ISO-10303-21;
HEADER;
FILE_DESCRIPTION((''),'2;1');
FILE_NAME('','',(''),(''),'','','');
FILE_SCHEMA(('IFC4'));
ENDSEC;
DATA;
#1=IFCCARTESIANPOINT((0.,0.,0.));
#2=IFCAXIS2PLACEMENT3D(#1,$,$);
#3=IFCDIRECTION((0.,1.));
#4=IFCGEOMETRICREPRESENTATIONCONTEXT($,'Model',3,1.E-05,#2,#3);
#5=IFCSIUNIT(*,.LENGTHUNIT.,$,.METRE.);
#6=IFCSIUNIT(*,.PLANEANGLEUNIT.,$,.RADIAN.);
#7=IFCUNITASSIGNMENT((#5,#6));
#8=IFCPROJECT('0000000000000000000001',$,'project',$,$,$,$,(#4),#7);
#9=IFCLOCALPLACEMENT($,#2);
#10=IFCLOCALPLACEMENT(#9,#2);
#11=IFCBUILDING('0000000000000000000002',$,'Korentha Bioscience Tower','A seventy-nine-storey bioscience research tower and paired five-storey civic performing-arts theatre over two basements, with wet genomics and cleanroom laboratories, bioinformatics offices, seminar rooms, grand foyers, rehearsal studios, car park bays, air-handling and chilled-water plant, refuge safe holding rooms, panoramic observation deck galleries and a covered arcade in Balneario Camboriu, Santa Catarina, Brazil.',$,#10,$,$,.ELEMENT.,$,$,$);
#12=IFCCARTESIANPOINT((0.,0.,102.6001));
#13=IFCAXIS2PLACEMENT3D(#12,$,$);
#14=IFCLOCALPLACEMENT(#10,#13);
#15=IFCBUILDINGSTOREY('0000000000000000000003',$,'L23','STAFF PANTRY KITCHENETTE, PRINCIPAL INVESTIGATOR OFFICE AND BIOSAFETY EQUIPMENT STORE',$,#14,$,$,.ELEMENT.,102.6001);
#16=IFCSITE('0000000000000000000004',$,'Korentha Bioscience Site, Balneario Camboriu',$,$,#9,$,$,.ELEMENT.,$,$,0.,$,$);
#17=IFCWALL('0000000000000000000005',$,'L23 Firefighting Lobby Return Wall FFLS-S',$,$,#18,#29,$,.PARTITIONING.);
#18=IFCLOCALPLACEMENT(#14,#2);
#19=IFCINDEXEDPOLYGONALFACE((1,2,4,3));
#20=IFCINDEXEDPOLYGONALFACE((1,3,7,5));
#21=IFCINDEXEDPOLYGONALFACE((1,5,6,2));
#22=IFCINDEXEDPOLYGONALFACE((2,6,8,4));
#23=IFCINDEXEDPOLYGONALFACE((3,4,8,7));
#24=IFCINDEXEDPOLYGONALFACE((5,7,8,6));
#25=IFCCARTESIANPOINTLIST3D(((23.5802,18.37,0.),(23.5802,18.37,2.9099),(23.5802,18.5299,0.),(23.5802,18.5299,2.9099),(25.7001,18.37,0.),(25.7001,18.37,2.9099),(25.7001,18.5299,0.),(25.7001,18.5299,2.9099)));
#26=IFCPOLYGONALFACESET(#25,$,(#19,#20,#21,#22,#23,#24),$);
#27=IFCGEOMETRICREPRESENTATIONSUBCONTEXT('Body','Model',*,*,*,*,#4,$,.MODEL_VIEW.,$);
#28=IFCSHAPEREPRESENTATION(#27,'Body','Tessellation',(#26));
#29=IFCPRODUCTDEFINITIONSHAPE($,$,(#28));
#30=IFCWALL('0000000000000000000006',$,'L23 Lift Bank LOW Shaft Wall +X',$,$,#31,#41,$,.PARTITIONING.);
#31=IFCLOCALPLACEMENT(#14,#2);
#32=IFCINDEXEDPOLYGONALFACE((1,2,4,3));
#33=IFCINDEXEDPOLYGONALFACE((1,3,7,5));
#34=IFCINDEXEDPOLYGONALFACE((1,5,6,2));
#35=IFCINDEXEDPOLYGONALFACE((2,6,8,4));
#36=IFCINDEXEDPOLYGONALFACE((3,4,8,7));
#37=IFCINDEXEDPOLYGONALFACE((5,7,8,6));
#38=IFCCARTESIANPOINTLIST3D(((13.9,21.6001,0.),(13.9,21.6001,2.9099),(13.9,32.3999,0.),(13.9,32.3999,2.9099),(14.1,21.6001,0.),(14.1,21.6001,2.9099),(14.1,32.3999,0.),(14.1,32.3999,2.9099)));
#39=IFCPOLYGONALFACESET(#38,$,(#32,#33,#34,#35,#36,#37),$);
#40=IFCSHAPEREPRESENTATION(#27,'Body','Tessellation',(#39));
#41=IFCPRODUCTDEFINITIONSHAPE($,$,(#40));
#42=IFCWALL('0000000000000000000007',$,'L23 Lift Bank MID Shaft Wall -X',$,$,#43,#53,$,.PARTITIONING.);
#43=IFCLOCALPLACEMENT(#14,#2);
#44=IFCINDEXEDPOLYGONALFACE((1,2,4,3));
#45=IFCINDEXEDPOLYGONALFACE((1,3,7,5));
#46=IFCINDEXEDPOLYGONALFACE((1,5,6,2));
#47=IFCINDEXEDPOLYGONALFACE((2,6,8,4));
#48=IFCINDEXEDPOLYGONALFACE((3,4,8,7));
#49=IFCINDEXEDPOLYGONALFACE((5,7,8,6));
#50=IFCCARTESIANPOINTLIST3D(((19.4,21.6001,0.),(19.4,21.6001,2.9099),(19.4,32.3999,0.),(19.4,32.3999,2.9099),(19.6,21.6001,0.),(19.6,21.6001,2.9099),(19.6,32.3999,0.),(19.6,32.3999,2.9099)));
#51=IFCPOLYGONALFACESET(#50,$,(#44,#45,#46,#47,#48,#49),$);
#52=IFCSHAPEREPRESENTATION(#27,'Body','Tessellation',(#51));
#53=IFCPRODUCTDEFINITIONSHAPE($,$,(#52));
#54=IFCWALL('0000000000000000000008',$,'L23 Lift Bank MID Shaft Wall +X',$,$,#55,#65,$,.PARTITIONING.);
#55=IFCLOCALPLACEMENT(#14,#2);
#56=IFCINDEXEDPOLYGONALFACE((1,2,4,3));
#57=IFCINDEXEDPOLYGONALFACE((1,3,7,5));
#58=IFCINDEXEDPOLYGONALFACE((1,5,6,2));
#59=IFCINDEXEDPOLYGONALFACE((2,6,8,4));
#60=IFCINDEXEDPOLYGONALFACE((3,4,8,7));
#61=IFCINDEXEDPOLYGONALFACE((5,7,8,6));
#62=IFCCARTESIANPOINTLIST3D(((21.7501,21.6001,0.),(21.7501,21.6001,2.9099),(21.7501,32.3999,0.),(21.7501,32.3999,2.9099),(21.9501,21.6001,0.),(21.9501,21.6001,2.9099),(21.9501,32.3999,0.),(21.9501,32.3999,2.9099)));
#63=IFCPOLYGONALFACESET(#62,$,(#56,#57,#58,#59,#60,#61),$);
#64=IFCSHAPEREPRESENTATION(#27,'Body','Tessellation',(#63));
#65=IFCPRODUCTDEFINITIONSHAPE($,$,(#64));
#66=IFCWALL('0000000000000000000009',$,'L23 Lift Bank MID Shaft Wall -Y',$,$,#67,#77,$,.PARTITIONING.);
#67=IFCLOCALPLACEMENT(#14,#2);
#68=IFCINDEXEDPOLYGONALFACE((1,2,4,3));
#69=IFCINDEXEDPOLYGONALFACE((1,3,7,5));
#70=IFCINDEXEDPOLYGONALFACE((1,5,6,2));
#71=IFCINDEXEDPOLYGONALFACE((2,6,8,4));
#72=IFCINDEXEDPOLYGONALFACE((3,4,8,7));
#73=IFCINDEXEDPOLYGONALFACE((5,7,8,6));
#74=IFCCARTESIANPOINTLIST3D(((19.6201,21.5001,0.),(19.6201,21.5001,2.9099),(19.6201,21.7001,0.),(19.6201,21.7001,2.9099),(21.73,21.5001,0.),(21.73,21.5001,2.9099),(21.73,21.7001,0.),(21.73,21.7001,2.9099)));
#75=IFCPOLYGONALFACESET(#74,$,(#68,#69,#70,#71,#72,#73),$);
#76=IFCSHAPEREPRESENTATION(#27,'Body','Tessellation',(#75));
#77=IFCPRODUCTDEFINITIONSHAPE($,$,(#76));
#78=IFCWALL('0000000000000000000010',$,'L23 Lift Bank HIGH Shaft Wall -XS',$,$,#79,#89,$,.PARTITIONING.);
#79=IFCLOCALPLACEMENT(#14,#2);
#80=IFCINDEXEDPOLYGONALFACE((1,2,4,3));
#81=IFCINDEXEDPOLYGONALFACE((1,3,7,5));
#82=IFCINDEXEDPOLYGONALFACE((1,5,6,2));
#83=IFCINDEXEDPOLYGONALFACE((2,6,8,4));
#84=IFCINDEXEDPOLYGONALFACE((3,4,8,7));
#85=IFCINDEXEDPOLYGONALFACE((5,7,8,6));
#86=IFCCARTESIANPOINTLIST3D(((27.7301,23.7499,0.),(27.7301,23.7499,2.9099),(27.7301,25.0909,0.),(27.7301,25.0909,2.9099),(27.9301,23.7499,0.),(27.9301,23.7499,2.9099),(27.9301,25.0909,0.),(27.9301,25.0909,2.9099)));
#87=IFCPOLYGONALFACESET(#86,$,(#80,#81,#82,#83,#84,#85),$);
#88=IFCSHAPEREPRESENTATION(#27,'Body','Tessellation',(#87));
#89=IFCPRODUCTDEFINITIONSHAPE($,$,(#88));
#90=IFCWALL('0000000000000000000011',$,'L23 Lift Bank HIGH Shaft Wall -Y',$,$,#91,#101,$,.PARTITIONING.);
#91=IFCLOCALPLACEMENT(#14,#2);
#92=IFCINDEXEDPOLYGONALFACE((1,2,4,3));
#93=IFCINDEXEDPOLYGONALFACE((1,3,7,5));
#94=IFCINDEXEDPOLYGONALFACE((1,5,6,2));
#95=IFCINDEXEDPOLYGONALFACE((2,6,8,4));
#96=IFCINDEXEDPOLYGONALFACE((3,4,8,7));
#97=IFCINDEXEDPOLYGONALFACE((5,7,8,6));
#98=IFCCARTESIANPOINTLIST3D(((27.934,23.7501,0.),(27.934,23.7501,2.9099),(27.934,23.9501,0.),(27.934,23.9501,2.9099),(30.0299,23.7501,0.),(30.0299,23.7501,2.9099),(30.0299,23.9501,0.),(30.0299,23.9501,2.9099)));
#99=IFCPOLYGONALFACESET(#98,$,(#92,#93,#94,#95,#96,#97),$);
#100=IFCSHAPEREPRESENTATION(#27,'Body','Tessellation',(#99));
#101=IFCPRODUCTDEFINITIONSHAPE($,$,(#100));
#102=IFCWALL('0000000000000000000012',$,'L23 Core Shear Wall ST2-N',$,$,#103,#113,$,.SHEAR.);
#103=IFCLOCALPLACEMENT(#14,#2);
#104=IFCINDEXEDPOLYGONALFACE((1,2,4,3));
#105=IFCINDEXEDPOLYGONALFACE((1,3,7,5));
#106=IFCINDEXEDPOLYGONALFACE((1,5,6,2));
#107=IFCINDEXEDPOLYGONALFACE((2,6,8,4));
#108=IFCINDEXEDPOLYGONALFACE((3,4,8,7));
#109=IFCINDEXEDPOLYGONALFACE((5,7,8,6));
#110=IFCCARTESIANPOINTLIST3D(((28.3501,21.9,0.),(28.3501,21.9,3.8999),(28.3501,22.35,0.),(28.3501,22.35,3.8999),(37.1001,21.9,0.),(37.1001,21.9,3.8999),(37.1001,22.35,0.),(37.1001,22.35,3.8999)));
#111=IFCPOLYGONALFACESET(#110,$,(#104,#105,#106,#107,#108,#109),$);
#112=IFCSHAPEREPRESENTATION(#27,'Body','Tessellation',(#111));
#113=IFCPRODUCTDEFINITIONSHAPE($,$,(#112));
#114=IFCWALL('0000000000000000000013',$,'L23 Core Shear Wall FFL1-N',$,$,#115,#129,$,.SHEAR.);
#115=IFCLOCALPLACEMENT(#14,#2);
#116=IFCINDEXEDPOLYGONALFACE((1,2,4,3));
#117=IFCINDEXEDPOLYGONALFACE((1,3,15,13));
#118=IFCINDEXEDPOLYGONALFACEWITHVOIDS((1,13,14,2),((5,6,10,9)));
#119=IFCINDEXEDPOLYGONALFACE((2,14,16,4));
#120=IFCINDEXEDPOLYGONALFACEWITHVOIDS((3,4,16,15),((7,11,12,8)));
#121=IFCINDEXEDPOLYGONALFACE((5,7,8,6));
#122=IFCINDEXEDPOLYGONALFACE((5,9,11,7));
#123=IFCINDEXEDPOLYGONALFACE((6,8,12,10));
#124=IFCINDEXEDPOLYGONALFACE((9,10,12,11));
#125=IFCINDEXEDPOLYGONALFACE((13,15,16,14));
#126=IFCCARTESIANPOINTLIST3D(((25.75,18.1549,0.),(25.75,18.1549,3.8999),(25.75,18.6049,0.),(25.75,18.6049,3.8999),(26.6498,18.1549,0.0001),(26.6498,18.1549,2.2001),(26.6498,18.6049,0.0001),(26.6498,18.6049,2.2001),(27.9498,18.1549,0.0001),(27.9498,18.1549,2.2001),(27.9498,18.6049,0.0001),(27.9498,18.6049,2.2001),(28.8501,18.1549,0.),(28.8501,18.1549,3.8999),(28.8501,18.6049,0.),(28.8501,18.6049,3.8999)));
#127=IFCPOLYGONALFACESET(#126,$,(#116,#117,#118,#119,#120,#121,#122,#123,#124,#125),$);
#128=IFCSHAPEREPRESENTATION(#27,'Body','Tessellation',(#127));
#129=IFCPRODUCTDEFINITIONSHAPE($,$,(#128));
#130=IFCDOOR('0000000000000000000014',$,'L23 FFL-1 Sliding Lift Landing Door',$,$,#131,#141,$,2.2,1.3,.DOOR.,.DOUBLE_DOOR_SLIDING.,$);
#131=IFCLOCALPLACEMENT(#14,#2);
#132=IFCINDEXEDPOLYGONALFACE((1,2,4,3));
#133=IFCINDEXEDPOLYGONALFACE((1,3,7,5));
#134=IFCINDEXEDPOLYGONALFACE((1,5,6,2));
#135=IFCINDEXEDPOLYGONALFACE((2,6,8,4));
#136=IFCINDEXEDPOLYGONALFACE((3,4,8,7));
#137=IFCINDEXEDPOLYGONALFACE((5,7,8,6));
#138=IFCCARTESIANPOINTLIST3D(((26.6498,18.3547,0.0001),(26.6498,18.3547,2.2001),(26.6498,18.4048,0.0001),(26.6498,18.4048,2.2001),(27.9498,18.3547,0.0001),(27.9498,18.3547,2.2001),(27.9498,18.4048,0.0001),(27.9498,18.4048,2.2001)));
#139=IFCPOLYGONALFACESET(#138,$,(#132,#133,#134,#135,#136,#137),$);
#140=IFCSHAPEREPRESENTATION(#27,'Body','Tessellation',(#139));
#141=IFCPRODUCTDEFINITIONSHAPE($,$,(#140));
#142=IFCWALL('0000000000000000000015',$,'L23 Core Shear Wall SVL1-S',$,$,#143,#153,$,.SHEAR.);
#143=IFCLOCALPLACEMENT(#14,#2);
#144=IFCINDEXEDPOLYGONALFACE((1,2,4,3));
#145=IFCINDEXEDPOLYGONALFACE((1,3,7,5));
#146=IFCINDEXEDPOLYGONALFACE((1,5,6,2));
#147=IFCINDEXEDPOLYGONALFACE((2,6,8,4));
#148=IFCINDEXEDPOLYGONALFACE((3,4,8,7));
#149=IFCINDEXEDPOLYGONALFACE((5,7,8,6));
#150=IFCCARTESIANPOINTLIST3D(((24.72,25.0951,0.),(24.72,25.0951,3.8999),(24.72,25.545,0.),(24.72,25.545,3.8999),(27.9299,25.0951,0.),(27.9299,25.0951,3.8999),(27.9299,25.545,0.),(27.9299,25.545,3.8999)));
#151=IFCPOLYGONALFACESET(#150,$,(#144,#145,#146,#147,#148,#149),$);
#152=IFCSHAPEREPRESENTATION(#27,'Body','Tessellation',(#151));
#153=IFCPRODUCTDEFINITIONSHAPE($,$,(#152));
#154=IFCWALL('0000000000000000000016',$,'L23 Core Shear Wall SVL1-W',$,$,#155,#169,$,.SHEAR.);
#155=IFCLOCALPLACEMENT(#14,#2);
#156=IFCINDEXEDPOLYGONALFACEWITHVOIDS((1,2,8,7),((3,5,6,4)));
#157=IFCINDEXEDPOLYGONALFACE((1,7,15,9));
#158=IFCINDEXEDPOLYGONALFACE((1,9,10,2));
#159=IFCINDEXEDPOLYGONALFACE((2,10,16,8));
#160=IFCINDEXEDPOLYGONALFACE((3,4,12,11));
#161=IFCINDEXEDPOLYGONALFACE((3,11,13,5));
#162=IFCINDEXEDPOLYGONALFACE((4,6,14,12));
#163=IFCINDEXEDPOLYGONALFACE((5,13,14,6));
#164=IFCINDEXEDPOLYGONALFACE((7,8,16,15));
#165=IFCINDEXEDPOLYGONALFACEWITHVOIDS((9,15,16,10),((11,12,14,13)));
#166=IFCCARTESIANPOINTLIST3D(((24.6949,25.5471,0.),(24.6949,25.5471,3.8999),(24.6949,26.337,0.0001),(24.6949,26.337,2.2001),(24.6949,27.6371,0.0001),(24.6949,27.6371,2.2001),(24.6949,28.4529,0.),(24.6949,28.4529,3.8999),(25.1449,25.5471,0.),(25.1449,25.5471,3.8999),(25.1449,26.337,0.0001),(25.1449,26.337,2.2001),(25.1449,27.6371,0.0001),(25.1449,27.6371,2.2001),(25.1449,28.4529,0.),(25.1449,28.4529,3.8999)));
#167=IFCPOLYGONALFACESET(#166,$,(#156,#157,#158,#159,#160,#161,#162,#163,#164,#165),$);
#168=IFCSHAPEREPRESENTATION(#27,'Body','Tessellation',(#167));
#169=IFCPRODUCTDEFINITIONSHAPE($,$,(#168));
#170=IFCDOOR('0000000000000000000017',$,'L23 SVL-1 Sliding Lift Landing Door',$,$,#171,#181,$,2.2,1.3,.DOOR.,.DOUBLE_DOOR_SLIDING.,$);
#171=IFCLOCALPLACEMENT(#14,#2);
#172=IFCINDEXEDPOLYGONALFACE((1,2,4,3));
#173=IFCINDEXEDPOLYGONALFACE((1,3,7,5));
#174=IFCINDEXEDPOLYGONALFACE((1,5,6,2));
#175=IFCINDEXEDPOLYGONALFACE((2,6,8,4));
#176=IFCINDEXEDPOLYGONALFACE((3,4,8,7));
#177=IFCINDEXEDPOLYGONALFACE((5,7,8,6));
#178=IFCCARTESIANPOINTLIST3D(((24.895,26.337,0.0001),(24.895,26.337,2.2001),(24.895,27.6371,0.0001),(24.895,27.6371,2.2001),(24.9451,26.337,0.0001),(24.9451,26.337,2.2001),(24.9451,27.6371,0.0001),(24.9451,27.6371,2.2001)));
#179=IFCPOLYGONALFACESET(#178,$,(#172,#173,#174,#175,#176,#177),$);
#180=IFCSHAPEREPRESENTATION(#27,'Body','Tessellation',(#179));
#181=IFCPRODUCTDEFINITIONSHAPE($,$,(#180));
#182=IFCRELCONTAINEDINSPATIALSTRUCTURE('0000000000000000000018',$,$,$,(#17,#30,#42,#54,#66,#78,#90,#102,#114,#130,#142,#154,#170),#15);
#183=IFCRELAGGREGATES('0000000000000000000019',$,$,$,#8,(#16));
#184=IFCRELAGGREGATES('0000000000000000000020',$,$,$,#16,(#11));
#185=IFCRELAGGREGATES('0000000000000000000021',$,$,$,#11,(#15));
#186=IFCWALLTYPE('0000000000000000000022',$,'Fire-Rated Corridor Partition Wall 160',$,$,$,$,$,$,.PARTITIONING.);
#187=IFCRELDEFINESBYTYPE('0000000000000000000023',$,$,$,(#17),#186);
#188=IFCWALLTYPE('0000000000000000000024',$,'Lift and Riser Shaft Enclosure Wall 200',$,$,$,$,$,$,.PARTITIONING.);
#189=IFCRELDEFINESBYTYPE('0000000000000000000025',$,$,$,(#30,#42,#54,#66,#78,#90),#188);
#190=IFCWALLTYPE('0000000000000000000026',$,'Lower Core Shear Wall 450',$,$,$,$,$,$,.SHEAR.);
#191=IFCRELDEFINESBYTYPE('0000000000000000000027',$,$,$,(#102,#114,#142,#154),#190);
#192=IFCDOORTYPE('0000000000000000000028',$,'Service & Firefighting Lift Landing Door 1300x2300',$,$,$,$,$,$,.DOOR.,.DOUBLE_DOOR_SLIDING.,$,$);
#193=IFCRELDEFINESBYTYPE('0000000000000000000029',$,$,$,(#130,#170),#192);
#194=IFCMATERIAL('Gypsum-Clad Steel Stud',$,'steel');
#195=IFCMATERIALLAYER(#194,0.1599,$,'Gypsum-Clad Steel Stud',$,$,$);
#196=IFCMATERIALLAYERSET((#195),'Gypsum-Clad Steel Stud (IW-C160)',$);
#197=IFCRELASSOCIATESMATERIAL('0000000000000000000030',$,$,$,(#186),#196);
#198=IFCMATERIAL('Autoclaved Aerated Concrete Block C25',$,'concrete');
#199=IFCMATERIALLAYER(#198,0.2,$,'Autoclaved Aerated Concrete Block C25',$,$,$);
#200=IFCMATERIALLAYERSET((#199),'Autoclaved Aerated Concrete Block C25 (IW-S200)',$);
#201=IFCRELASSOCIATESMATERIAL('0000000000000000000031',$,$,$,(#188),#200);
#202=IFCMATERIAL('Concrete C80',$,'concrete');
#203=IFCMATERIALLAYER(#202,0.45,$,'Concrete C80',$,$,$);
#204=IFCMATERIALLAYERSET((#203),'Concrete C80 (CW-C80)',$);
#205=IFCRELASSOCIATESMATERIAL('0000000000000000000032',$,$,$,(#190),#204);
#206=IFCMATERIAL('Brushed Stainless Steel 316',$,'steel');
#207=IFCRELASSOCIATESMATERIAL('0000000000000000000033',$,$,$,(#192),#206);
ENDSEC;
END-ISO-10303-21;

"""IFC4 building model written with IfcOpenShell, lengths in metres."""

from ifc_helpers import new_model, si_unit, direction, frame, frame_2d, origin, place, context, subcontext, project, spatial, rectangle, extrude, material, layer, layer_set, type_object, element, fill, save


model = new_model("IFC4")

# Units and contexts
model_context = context("Model", 3, precision=1e-05, world=origin(), true_north=direction((0.0, 1.0)))
body_context = subcontext(model_context, "Body", "Model", "MODEL_VIEW")
ifc_project = project(units=[si_unit("LENGTHUNIT", "METRE"), si_unit("PLANEANGLEUNIT", "RADIAN")], contexts=[model_context])

# Site, building, storey
site_placement = place(None, origin())
site = spatial("IfcSite", under=ifc_project, at=site_placement, Name="Korentha Bioscience Site, Balneario Camboriu", CompositionType="ELEMENT", RefElevation=0.0)
building_placement = place(site_placement, origin())
building = spatial("IfcBuilding", under=site, at=building_placement, Name="Korentha Bioscience Tower", Description="A seventy-nine-storey bioscience research tower and paired five-storey civic performing-arts theatre over two basements, with wet genomics and cleanroom laboratories, bioinformatics offices, seminar rooms, grand foyers, rehearsal studios, car park bays, air-handling and chilled-water plant, refuge safe holding rooms, panoramic observation deck galleries and a covered arcade in Balneario Camboriu, Santa Catarina, Brazil.", CompositionType="ELEMENT")
storey_placement = place(building_placement, frame((0.0, 0.0, 102.6001)))
storey = spatial("IfcBuildingStorey", under=building, at=storey_placement, Name="L23", Description="STAFF PANTRY KITCHENETTE, PRINCIPAL INVESTIGATOR OFFICE AND BIOSAFETY EQUIPMENT STORE", CompositionType="ELEMENT", Elevation=102.6001)

# Shared definitions
ifc_material_1 = material(Name="Concrete C80", Category="concrete")

# Shared definitions
ifc_material_2 = material(Name="Gypsum-Clad Steel Stud", Category="steel")
ifc_layer_1 = layer(ifc_material_2, 0.1599, Name="Gypsum-Clad Steel Stud")
ifc_layer_set_1 = layer_set([ifc_layer_1], Name="Gypsum-Clad Steel Stud (IW-C160)")
wall_type_1 = type_object("IfcWallType", Name="Fire-Rated Corridor Partition Wall 160", PredefinedType="PARTITIONING", material=ifc_layer_set_1)

# Wall
wall_1_placement = place(storey_placement, frame((23.5801, 18.45, 0.0), z_axis=(0.0, 0.0, 1.0), x_axis=(1.0, 0.0, 0.0)))
element("IfcWall", 1, at=wall_1_placement, inside=storey, type_object=wall_type_1, Name="L23 Firefighting Lobby Return Wall FFLS-S", PredefinedType="PARTITIONING", context=body_context, shape_type="SweptSolid", body=[
    extrude(rectangle(XDim=2.1199, YDim=0.1599, at=frame_2d((1.0601, 0.0))), origin(), (0.0, 0.0, 1.0), 2.9099),
])

# Walls
ifc_material_3 = material(Name="Autoclaved Aerated Concrete Block C25", Category="concrete")
ifc_layer_2 = layer(ifc_material_3, 0.2, Name="Autoclaved Aerated Concrete Block C25")
ifc_layer_set_2 = layer_set([ifc_layer_2], Name="Autoclaved Aerated Concrete Block C25 (IW-S200)")
wall_type_2 = type_object("IfcWallType", Name="Lift and Riser Shaft Enclosure Wall 200", PredefinedType="PARTITIONING", material=ifc_layer_set_2)
for number, where, z_axis, x_axis, name in (
    (2, (14.0, 21.6001, 0.0), (0.0, 0.0, 1.0), (0.0, 1.0, 0.0), "L23 Lift Bank LOW Shaft Wall +X"),
    (3, (19.5, 21.6001, 0.0), (0.0, 0.0, 1.0), (0.0, 1.0, 0.0), "L23 Lift Bank MID Shaft Wall -X"),
    (4, (21.8501, 21.6001, 0.0), (0.0, 0.0, 1.0), (0.0, 1.0, 0.0), "L23 Lift Bank MID Shaft Wall +X"),
):
    element("IfcWall", number, at=place(storey_placement, frame(where, z_axis=z_axis, x_axis=x_axis)), inside=storey, type_object=wall_type_2, Name=name, PredefinedType="PARTITIONING", context=body_context, shape_type="SweptSolid", body=[
        extrude(rectangle(XDim=10.7998, YDim=0.2, at=frame_2d((5.3999, 0.0))), origin(), (0.0, 0.0, 1.0), 2.9099),
    ])
wall_2_placement = place(storey_placement, frame((19.6201, 21.6001, 0.0), z_axis=(0.0, 0.0, 1.0), x_axis=(1.0, 0.0, 0.0)))
element("IfcWall", 5, at=wall_2_placement, inside=storey, type_object=wall_type_2, Name="L23 Lift Bank MID Shaft Wall -Y", PredefinedType="PARTITIONING", context=body_context, shape_type="SweptSolid", body=[
    extrude(rectangle(XDim=2.1099, YDim=0.2, at=frame_2d((1.0549, 0.0))), origin(), (0.0, 0.0, 1.0), 2.9099),
])
wall_3_placement = place(storey_placement, frame((27.8301, 23.75, 0.0), z_axis=(0.0, 0.0, 1.0), x_axis=(0.0, 1.0, 0.0)))
element("IfcWall", 6, at=wall_3_placement, inside=storey, type_object=wall_type_2, Name="L23 Lift Bank HIGH Shaft Wall -XS", PredefinedType="PARTITIONING", context=body_context, shape_type="SweptSolid", body=[
    extrude(rectangle(XDim=1.3411, YDim=0.2, at=frame_2d((0.6704, 0.0))), origin(), (0.0, 0.0, 1.0), 2.9099),
])
wall_4_placement = place(storey_placement, frame((27.9341, 23.8501, 0.0), z_axis=(0.0, 0.0, 1.0), x_axis=(1.0, 0.0, 0.0)))
element("IfcWall", 7, at=wall_4_placement, inside=storey, type_object=wall_type_2, Name="L23 Lift Bank HIGH Shaft Wall -Y", PredefinedType="PARTITIONING", context=body_context, shape_type="SweptSolid", body=[
    extrude(rectangle(XDim=2.0959, YDim=0.2, at=frame_2d((1.0479, 0.0))), origin(), (0.0, 0.0, 1.0), 2.9099),
])
ifc_layer_3 = layer(ifc_material_1, 0.45, Name="Concrete C80")
ifc_layer_set_3 = layer_set([ifc_layer_3], Name="Concrete C80 (CW-C80)")
wall_type_3 = type_object("IfcWallType", Name="Lower Core Shear Wall 450", PredefinedType="SHEAR", material=ifc_layer_set_3)
wall_5_placement = place(storey_placement, frame((28.3501, 22.125, 0.0), z_axis=(0.0, 0.0, 1.0), x_axis=(1.0, 0.0, 0.0)))
element("IfcWall", 8, at=wall_5_placement, inside=storey, type_object=wall_type_3, Name="L23 Core Shear Wall ST2-N", PredefinedType="SHEAR", context=body_context, shape_type="SweptSolid", body=[
    extrude(rectangle(XDim=8.75, YDim=0.45, at=frame_2d((4.375, 0.0))), origin(), (0.0, 0.0, 1.0), 3.8999),
])

# Wall, opening, door
wall_6_placement = place(storey_placement, frame((25.75, 18.3799, 0.0), z_axis=(0.0, 0.0, 1.0), x_axis=(1.0, 0.0, 0.0)))
wall_6 = element("IfcWall", 9, at=wall_6_placement, inside=storey, type_object=wall_type_3, Name="L23 Core Shear Wall FFL1-N", PredefinedType="SHEAR", context=body_context, shape_type="SweptSolid", body=[
    extrude(rectangle(XDim=3.1001, YDim=0.45, at=frame_2d((1.55, 0.0))), origin(), (0.0, 0.0, 1.0), 3.8999),
])
opening_1_placement = place(wall_6_placement, frame((0.8999, 0.0, 0.0)))
opening_1 = element("IfcOpeningElement", 10, at=opening_1_placement, cuts=wall_6, PredefinedType="OPENING", context=body_context, shape_type="SweptSolid", body=[
    extrude(rectangle(XDim=1.3, YDim=2.2, at=frame_2d((0.6499, 1.1001))), frame((0.0, 0.2397, 0.0), z_axis=(0.0, -1.0, 0.0), x_axis=(1.0, 0.0, 0.0)), (0.0, 0.0, 1.0), 0.4797),
])
ifc_material_4 = material(Name="Brushed Stainless Steel 316", Category="steel")
door_type_1 = type_object("IfcDoorType", Name="Service & Firefighting Lift Landing Door 1300x2300", OperationType="DOUBLE_DOOR_SLIDING", PredefinedType="DOOR", material=ifc_material_4)
door_1_placement = place(opening_1_placement, origin())
door_1 = element("IfcDoor", 11, at=door_1_placement, inside=storey, type_object=door_type_1, Name="L23 FFL-1 Sliding Lift Landing Door", OperationType="DOUBLE_DOOR_SLIDING", OverallHeight=2.2, OverallWidth=1.3, PredefinedType="DOOR", context=body_context, shape_type="SweptSolid", body=[
    extrude(rectangle(XDim=1.3, YDim=2.2, at=frame_2d((0.6499, 1.1001))), frame((0.0, 0.0249, 0.0), z_axis=(0.0, -1.0, 0.0), x_axis=(1.0, 0.0, 0.0)), (0.0, 0.0, 1.0), 0.05),
])
fill(opening_1, door_1)

# Wall
wall_7_placement = place(storey_placement, frame((24.72, 25.3201, 0.0), z_axis=(0.0, 0.0, 1.0), x_axis=(1.0, 0.0, 0.0)))
element("IfcWall", 12, at=wall_7_placement, inside=storey, type_object=wall_type_3, Name="L23 Core Shear Wall SVL1-S", PredefinedType="SHEAR", context=body_context, shape_type="SweptSolid", body=[
    extrude(rectangle(XDim=3.21, YDim=0.45, at=frame_2d((1.605, 0.0))), origin(), (0.0, 0.0, 1.0), 3.8999),
])

# Wall, opening, door
wall_8_placement = place(storey_placement, frame((24.9199, 25.5471, 0.0), z_axis=(0.0, 0.0, 1.0), x_axis=(0.0, 1.0, 0.0)))
wall_8 = element("IfcWall", 13, at=wall_8_placement, inside=storey, type_object=wall_type_3, Name="L23 Core Shear Wall SVL1-W", PredefinedType="SHEAR", context=body_context, shape_type="SweptSolid", body=[
    extrude(rectangle(XDim=2.9058, YDim=0.45, at=frame_2d((1.4529, 0.0))), origin(), (0.0, 0.0, 1.0), 3.8999),
])
opening_2_placement = place(wall_8_placement, frame((0.79, 0.0, 0.0)))
opening_2 = element("IfcOpeningElement", 14, at=opening_2_placement, cuts=wall_8, PredefinedType="OPENING", context=body_context, shape_type="SweptSolid", body=[
    extrude(rectangle(XDim=1.3, YDim=2.2, at=frame_2d((0.6499, 1.1001))), frame((0.0, 0.2397, 0.0), z_axis=(0.0, -1.0, 0.0), x_axis=(1.0, 0.0, 0.0)), (0.0, 0.0, 1.0), 0.4797),
])
door_2_placement = place(opening_2_placement, origin())
door_2 = element("IfcDoor", 15, at=door_2_placement, inside=storey, type_object=door_type_1, Name="L23 SVL-1 Sliding Lift Landing Door", OperationType="DOUBLE_DOOR_SLIDING", OverallHeight=2.2, OverallWidth=1.3, PredefinedType="DOOR", context=body_context, shape_type="SweptSolid", body=[
    extrude(rectangle(XDim=1.3, YDim=2.2, at=frame_2d((0.6499, 1.1001))), frame((0.0, 0.0249, 0.0), z_axis=(0.0, -1.0, 0.0), x_axis=(1.0, 0.0, 0.0)), (0.0, 0.0, 1.0), 0.05),
])
fill(opening_2, door_2)

save(model, "model.ifc")
